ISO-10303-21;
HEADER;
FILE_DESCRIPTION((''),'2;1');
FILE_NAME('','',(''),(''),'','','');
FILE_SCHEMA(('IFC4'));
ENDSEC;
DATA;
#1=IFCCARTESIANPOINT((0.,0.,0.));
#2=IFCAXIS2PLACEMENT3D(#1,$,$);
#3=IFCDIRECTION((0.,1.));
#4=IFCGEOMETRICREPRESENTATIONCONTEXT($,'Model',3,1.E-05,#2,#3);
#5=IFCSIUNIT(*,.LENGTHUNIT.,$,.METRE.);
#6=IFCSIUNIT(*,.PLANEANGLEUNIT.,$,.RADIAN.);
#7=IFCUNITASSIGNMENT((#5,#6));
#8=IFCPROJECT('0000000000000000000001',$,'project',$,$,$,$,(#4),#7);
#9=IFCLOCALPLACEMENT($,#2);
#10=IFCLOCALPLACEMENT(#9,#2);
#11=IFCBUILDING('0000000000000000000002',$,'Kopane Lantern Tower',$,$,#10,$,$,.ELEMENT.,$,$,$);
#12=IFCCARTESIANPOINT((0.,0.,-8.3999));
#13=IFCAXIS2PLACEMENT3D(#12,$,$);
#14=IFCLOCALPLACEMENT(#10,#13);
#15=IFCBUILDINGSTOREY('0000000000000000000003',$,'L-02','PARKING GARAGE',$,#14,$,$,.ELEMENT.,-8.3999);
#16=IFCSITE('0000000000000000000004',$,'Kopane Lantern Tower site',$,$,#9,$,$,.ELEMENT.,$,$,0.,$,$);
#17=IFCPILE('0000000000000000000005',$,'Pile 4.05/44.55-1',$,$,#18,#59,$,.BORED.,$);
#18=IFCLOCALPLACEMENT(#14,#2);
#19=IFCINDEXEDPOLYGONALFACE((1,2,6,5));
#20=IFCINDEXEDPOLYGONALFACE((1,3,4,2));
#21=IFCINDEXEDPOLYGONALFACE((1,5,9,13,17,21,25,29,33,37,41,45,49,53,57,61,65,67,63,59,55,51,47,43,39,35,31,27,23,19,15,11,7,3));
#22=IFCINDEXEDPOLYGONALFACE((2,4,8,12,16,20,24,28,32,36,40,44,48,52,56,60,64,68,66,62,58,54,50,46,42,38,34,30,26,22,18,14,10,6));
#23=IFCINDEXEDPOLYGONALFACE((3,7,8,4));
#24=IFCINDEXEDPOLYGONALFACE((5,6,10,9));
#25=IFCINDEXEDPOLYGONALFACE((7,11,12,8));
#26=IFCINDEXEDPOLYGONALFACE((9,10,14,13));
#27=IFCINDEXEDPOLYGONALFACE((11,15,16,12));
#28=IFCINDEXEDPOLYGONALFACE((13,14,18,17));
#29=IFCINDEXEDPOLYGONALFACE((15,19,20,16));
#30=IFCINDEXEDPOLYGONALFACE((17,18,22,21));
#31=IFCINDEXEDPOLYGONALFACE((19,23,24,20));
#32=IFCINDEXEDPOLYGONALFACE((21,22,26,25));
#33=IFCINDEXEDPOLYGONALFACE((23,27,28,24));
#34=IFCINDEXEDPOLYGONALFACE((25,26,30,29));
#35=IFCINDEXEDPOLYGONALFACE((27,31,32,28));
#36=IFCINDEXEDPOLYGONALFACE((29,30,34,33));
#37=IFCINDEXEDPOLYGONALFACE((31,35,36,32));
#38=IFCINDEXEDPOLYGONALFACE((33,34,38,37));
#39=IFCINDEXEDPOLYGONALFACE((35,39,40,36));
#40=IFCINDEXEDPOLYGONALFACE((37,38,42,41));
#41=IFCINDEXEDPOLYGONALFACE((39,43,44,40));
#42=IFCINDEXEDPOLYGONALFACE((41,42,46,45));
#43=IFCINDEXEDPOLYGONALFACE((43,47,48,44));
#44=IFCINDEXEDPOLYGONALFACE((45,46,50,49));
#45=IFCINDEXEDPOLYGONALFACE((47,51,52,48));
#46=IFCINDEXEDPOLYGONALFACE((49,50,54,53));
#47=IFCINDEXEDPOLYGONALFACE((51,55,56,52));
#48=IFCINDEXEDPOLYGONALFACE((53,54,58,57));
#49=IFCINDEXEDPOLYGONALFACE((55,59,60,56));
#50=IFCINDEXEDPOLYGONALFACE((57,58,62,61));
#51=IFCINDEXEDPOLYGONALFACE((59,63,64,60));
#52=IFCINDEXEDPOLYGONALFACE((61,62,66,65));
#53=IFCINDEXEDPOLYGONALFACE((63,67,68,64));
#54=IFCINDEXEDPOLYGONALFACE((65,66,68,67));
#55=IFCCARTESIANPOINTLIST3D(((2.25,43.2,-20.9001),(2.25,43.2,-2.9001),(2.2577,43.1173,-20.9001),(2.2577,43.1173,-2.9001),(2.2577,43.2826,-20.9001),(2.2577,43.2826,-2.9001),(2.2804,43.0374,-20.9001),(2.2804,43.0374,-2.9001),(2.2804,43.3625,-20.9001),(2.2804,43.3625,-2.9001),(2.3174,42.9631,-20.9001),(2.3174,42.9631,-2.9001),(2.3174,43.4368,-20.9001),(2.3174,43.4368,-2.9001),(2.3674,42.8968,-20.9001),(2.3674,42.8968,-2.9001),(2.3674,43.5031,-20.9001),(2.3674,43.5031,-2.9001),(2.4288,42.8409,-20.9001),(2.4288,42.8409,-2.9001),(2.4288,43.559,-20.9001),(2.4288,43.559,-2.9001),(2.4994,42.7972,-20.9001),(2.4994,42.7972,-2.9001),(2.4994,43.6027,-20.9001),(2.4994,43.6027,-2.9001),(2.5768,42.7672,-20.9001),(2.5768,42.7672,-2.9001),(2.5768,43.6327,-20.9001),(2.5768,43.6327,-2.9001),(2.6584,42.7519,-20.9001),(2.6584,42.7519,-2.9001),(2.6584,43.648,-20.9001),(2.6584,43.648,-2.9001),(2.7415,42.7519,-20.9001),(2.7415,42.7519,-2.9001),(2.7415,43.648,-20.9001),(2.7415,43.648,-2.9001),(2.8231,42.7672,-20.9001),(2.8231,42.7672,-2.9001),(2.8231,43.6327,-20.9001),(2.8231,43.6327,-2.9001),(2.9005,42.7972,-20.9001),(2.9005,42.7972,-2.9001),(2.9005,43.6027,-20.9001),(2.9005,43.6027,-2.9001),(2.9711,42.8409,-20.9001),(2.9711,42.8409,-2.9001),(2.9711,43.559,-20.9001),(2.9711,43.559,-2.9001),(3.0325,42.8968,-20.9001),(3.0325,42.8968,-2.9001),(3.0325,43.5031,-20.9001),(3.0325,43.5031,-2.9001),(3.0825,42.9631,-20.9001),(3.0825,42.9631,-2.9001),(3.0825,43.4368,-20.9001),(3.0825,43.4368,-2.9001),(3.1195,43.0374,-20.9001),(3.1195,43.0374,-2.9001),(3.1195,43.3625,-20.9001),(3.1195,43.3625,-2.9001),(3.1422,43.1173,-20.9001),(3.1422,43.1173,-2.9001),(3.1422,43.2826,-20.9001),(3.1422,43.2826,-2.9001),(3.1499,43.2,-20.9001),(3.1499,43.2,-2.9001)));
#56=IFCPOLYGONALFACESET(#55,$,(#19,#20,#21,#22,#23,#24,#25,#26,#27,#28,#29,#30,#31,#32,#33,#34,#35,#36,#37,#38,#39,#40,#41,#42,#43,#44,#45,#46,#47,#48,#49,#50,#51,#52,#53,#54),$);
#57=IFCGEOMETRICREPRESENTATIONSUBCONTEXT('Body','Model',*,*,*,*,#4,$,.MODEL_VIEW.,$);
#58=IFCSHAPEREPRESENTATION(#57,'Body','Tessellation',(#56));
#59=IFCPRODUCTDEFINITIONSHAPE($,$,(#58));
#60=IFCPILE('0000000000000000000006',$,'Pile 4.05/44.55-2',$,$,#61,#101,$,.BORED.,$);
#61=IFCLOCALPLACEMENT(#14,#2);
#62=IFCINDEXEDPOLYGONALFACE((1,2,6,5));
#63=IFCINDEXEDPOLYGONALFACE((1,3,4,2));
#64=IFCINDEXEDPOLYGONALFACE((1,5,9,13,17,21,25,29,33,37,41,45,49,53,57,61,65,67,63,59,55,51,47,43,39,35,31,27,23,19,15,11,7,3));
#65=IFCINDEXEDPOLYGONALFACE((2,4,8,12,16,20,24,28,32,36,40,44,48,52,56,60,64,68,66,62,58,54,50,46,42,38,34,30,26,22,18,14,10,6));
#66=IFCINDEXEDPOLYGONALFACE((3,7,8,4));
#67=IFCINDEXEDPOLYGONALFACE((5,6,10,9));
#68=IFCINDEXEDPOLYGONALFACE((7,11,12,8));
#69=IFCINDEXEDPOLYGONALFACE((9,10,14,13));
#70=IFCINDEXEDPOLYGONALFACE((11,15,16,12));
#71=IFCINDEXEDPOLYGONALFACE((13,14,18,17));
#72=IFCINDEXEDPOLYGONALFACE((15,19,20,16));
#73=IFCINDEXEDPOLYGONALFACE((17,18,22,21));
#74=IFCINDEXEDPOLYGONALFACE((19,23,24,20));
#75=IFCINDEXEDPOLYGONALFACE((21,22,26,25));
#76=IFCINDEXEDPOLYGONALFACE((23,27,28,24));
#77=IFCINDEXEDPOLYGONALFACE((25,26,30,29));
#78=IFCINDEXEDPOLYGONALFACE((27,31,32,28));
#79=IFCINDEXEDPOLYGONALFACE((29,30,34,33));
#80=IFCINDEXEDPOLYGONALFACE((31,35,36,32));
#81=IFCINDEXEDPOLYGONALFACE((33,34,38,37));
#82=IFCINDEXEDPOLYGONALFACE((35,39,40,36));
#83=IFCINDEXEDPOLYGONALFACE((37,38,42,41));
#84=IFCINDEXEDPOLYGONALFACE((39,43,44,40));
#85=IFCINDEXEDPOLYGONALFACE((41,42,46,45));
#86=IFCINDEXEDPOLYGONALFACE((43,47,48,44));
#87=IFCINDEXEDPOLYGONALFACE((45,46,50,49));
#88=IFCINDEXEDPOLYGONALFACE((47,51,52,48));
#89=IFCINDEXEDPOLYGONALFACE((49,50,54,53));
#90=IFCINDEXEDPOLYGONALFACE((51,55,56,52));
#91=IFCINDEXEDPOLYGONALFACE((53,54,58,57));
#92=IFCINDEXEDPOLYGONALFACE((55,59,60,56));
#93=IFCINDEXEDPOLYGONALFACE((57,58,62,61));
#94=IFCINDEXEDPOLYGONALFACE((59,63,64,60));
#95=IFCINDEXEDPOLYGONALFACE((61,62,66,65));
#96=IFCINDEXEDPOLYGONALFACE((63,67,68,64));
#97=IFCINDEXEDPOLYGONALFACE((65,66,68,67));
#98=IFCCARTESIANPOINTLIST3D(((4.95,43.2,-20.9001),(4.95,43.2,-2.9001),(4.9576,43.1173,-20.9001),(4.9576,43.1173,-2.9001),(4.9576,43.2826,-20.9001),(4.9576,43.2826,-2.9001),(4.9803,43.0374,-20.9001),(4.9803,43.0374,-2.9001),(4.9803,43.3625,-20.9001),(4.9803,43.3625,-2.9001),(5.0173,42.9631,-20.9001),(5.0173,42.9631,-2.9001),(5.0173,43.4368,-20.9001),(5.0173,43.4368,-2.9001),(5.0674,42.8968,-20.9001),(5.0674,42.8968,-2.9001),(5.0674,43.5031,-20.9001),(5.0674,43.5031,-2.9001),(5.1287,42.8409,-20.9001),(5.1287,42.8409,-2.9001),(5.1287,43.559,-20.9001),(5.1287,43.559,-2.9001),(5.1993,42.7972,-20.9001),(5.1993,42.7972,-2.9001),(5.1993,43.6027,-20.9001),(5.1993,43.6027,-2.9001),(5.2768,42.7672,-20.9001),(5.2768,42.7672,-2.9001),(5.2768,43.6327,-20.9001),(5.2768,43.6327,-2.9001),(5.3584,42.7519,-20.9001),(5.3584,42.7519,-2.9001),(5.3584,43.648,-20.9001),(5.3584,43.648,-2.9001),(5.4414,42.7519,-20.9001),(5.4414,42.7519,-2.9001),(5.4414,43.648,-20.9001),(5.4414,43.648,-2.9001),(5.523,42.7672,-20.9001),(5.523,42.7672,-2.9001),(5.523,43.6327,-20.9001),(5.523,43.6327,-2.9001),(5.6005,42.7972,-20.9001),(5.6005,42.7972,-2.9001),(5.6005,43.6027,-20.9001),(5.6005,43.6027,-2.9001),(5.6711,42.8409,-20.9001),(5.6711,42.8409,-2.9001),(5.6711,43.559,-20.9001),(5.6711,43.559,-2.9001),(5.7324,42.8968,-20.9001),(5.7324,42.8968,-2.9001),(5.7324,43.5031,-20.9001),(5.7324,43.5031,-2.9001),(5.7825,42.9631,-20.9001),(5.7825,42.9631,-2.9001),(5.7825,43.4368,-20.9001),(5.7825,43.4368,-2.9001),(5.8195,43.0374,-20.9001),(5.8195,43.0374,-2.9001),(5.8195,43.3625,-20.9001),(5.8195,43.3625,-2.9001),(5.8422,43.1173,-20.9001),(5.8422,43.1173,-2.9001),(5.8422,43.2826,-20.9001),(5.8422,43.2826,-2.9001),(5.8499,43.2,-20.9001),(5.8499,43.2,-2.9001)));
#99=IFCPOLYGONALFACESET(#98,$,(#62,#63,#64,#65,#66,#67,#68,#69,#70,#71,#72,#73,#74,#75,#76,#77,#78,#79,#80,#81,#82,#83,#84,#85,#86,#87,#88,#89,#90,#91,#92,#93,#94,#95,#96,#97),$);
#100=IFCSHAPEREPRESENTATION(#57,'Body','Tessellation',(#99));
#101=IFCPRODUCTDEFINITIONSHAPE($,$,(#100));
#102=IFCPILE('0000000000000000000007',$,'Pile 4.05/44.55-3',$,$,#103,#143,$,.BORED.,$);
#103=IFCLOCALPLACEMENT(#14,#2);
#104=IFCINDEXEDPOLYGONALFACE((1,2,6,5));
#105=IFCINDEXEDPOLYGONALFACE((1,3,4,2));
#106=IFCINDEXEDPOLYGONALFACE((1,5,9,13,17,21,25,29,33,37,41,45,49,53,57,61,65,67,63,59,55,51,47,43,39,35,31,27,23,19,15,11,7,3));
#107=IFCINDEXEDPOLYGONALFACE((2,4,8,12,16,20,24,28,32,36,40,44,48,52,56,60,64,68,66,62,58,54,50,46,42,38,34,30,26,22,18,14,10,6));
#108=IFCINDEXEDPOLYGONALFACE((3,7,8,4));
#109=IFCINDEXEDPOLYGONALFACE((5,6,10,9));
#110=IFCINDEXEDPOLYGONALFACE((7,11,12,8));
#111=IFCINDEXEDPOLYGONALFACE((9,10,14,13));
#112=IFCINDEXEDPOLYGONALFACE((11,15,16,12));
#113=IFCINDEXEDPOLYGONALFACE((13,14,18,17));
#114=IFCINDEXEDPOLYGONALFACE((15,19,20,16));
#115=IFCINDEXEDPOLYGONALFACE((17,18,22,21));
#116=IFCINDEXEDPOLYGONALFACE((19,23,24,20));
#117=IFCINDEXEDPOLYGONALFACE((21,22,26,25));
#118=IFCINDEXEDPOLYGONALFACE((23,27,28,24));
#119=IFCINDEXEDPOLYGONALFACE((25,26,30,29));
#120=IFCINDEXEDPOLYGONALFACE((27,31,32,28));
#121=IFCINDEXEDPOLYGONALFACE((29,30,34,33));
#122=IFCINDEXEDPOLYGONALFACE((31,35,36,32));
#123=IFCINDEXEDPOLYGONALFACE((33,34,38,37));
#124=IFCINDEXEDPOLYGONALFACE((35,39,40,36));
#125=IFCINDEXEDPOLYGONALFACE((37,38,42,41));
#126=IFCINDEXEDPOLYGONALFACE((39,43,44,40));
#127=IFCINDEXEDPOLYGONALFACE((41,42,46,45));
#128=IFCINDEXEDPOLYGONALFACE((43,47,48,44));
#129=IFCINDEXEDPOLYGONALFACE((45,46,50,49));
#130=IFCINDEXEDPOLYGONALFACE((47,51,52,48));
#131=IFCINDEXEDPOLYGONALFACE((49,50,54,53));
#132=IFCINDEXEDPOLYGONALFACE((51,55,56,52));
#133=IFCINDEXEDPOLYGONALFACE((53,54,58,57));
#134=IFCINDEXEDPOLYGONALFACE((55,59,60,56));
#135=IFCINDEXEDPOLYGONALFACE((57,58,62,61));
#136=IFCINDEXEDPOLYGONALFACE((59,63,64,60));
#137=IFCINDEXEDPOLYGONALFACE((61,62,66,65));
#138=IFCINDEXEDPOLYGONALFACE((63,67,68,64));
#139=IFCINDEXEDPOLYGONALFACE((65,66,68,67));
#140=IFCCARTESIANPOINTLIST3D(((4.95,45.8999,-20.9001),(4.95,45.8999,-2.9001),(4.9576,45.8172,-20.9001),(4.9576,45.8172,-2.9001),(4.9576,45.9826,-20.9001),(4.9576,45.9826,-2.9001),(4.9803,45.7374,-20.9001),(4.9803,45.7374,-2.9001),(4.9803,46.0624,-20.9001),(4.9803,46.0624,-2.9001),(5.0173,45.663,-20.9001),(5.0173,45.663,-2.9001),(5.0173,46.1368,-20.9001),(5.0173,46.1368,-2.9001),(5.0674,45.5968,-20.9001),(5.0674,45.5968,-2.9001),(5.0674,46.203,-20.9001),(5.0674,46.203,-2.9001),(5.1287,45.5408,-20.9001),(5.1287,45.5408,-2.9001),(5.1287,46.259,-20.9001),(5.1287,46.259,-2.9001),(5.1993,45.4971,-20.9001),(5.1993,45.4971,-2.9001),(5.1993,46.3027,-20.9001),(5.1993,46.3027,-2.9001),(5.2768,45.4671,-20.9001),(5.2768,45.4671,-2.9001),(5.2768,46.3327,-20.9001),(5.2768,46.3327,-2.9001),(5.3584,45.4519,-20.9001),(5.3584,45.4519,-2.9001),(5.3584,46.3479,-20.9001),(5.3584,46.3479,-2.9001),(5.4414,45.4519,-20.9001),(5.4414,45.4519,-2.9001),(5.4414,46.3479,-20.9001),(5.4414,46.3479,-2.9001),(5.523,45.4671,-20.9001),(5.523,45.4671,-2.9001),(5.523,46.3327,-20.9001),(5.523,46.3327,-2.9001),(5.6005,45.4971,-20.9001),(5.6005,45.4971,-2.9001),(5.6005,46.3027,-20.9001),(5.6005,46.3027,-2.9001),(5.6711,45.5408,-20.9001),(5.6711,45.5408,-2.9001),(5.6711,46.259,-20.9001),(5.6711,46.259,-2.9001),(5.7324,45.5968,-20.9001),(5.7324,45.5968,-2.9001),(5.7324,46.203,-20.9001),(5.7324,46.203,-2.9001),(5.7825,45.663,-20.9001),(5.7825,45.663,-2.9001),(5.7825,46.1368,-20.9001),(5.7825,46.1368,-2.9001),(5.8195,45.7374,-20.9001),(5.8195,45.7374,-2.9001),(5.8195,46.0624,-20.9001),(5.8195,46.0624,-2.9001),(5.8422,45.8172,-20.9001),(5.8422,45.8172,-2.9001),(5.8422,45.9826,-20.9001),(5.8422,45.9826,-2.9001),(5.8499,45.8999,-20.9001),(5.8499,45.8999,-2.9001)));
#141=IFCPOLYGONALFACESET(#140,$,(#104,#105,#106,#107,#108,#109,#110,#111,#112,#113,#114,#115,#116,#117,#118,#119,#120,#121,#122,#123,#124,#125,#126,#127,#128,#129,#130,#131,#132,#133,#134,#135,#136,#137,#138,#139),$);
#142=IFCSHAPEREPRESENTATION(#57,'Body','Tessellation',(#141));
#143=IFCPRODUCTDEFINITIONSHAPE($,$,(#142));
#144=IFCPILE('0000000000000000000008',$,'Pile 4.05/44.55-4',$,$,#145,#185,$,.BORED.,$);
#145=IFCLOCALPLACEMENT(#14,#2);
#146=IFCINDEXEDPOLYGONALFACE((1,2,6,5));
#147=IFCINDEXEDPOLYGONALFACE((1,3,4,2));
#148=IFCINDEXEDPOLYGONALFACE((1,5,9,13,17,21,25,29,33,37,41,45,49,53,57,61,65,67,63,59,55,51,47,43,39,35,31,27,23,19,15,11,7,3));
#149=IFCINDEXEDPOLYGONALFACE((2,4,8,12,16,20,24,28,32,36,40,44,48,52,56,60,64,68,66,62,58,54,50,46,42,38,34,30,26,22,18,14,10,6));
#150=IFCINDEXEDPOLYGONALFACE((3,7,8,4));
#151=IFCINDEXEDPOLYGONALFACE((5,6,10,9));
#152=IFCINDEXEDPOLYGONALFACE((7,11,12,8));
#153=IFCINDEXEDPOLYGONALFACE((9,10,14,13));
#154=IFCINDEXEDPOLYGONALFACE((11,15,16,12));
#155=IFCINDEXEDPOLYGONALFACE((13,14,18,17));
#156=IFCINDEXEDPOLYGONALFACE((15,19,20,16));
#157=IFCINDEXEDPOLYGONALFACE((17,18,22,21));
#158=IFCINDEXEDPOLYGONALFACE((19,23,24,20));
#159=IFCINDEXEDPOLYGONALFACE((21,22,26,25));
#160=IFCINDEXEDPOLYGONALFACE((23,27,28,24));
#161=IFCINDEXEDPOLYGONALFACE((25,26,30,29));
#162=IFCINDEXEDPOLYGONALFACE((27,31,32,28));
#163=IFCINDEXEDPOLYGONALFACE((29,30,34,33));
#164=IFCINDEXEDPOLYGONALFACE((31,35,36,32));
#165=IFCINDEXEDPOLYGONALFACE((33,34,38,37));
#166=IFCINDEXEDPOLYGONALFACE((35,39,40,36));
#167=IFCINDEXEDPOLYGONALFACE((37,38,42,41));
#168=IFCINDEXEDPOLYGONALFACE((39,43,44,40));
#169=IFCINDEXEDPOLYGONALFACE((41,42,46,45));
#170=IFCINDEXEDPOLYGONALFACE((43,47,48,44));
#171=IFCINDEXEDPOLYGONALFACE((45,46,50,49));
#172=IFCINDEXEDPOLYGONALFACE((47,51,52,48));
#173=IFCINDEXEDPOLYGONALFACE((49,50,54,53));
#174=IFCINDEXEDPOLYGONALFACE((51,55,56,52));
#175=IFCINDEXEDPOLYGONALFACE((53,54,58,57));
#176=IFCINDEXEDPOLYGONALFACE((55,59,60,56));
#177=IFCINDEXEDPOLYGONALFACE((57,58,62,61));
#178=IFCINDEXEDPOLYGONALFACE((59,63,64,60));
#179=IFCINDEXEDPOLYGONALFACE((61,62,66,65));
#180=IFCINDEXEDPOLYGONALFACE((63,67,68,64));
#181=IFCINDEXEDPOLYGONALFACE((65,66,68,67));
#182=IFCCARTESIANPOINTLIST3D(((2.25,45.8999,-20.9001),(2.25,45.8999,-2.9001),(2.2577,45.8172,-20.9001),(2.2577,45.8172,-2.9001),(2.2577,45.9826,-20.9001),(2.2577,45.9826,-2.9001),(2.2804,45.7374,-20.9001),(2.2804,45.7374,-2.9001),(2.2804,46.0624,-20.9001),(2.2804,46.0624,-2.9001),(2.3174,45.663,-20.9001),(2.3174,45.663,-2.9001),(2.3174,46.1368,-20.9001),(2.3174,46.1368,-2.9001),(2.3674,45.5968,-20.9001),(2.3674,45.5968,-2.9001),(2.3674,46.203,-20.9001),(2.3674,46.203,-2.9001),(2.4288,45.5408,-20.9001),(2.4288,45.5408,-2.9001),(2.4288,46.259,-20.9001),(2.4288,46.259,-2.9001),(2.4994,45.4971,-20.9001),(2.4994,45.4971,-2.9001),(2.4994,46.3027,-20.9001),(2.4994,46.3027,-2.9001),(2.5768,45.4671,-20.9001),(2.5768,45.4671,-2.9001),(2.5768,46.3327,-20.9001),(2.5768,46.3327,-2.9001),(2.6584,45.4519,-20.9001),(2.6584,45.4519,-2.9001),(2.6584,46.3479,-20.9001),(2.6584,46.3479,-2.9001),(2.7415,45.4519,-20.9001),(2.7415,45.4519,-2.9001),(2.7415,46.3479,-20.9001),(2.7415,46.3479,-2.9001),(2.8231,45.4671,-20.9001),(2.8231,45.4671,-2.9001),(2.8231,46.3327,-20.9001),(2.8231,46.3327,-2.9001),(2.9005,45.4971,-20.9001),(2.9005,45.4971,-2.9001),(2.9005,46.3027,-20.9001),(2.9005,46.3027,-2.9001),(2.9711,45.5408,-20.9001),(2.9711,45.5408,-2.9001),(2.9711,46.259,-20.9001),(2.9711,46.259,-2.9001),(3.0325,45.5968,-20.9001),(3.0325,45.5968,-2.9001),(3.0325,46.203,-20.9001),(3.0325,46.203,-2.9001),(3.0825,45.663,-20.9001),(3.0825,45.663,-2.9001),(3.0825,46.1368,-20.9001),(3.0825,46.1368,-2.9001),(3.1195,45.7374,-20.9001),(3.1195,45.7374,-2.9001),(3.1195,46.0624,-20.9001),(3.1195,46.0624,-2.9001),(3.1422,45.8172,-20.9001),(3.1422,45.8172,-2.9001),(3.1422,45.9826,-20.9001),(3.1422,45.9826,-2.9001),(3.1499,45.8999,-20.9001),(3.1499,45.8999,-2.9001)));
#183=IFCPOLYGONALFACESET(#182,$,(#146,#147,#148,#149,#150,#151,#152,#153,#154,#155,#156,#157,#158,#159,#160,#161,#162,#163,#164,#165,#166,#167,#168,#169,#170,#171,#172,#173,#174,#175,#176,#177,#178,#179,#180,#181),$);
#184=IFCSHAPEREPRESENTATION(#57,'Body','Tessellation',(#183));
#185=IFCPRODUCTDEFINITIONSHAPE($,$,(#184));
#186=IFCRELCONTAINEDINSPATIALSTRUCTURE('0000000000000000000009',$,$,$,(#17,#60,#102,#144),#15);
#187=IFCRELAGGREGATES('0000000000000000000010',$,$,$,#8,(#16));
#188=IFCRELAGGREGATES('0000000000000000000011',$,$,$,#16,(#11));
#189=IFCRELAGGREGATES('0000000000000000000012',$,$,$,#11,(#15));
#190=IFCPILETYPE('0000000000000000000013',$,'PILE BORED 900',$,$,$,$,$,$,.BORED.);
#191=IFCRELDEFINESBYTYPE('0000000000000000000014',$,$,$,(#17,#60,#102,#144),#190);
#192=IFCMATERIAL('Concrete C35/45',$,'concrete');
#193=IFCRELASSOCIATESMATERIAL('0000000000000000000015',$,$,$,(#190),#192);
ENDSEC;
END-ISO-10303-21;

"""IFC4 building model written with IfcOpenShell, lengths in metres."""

from ifc_helpers import new_model, si_unit, direction, frame, origin, origin_2d, place, context, subcontext, project, spatial, circle, extrude, material, material_profile, profile_set, type_object, element, save


model = new_model("IFC4")

# Units and contexts
model_context = context("Model", 3, precision=1e-05, world=origin(), true_north=direction((0.0, 1.0)))
body_context = subcontext(model_context, "Body", "Model", "MODEL_VIEW")
ifc_project = project(units=[si_unit("LENGTHUNIT", "METRE"), si_unit("PLANEANGLEUNIT", "RADIAN")], contexts=[model_context])

# Site, building, storey
site_placement = place(None, origin())
site = spatial("IfcSite", under=ifc_project, at=site_placement, Name="Kopane Lantern Tower site", CompositionType="ELEMENT", RefElevation=0.0)
building_placement = place(site_placement, origin())
building = spatial("IfcBuilding", under=site, at=building_placement, Name="Kopane Lantern Tower", CompositionType="ELEMENT")
storey_placement = place(building_placement, frame((0.0, 0.0, -8.3999)))
storey = spatial("IfcBuildingStorey", under=building, at=storey_placement, Name="L-02", Description="PARKING GARAGE", CompositionType="ELEMENT", Elevation=-8.3999)

# Piles
ifc_material_1 = material(Name="Concrete C35/45", Category="concrete")
ifc_material_profile_1 = material_profile(ifc_material_1, circle(Radius=0.45, at=origin_2d()), Name="D900")
ifc_profile_set_1 = profile_set([ifc_material_profile_1], Name="Concrete C35/45")
pile_type_1 = type_object("IfcPileType", Name="PILE BORED 900", PredefinedType="BORED", material=ifc_profile_set_1)
for number, where, z_axis, x_axis, name in (
    (1, (2.7, 43.2, -2.9001), (0.0, 0.0, -1.0), (1.0, 0.0, 0.0), "Pile 4.05/44.55-1"),
    (2, (5.3999, 43.2, -2.9001), (0.0, 0.0, -1.0), (1.0, 0.0, 0.0), "Pile 4.05/44.55-2"),
    (3, (5.3999, 45.8999, -2.9001), (0.0, 0.0, -1.0), (1.0, 0.0, 0.0), "Pile 4.05/44.55-3"),
    (4, (2.7, 45.8999, -2.9001), (0.0, 0.0, -1.0), (1.0, 0.0, 0.0), "Pile 4.05/44.55-4"),
):
    element("IfcPile", number, at=place(storey_placement, frame(where, z_axis=z_axis, x_axis=x_axis)), inside=storey, type_object=pile_type_1, Name=name, PredefinedType="BORED", context=body_context, shape_type="SweptSolid", body=[
        extrude(circle(Radius=0.45, at=origin_2d()), origin(), (0.0, 0.0, 1.0), 18.0),
    ])

save(model, "model.ifc")
